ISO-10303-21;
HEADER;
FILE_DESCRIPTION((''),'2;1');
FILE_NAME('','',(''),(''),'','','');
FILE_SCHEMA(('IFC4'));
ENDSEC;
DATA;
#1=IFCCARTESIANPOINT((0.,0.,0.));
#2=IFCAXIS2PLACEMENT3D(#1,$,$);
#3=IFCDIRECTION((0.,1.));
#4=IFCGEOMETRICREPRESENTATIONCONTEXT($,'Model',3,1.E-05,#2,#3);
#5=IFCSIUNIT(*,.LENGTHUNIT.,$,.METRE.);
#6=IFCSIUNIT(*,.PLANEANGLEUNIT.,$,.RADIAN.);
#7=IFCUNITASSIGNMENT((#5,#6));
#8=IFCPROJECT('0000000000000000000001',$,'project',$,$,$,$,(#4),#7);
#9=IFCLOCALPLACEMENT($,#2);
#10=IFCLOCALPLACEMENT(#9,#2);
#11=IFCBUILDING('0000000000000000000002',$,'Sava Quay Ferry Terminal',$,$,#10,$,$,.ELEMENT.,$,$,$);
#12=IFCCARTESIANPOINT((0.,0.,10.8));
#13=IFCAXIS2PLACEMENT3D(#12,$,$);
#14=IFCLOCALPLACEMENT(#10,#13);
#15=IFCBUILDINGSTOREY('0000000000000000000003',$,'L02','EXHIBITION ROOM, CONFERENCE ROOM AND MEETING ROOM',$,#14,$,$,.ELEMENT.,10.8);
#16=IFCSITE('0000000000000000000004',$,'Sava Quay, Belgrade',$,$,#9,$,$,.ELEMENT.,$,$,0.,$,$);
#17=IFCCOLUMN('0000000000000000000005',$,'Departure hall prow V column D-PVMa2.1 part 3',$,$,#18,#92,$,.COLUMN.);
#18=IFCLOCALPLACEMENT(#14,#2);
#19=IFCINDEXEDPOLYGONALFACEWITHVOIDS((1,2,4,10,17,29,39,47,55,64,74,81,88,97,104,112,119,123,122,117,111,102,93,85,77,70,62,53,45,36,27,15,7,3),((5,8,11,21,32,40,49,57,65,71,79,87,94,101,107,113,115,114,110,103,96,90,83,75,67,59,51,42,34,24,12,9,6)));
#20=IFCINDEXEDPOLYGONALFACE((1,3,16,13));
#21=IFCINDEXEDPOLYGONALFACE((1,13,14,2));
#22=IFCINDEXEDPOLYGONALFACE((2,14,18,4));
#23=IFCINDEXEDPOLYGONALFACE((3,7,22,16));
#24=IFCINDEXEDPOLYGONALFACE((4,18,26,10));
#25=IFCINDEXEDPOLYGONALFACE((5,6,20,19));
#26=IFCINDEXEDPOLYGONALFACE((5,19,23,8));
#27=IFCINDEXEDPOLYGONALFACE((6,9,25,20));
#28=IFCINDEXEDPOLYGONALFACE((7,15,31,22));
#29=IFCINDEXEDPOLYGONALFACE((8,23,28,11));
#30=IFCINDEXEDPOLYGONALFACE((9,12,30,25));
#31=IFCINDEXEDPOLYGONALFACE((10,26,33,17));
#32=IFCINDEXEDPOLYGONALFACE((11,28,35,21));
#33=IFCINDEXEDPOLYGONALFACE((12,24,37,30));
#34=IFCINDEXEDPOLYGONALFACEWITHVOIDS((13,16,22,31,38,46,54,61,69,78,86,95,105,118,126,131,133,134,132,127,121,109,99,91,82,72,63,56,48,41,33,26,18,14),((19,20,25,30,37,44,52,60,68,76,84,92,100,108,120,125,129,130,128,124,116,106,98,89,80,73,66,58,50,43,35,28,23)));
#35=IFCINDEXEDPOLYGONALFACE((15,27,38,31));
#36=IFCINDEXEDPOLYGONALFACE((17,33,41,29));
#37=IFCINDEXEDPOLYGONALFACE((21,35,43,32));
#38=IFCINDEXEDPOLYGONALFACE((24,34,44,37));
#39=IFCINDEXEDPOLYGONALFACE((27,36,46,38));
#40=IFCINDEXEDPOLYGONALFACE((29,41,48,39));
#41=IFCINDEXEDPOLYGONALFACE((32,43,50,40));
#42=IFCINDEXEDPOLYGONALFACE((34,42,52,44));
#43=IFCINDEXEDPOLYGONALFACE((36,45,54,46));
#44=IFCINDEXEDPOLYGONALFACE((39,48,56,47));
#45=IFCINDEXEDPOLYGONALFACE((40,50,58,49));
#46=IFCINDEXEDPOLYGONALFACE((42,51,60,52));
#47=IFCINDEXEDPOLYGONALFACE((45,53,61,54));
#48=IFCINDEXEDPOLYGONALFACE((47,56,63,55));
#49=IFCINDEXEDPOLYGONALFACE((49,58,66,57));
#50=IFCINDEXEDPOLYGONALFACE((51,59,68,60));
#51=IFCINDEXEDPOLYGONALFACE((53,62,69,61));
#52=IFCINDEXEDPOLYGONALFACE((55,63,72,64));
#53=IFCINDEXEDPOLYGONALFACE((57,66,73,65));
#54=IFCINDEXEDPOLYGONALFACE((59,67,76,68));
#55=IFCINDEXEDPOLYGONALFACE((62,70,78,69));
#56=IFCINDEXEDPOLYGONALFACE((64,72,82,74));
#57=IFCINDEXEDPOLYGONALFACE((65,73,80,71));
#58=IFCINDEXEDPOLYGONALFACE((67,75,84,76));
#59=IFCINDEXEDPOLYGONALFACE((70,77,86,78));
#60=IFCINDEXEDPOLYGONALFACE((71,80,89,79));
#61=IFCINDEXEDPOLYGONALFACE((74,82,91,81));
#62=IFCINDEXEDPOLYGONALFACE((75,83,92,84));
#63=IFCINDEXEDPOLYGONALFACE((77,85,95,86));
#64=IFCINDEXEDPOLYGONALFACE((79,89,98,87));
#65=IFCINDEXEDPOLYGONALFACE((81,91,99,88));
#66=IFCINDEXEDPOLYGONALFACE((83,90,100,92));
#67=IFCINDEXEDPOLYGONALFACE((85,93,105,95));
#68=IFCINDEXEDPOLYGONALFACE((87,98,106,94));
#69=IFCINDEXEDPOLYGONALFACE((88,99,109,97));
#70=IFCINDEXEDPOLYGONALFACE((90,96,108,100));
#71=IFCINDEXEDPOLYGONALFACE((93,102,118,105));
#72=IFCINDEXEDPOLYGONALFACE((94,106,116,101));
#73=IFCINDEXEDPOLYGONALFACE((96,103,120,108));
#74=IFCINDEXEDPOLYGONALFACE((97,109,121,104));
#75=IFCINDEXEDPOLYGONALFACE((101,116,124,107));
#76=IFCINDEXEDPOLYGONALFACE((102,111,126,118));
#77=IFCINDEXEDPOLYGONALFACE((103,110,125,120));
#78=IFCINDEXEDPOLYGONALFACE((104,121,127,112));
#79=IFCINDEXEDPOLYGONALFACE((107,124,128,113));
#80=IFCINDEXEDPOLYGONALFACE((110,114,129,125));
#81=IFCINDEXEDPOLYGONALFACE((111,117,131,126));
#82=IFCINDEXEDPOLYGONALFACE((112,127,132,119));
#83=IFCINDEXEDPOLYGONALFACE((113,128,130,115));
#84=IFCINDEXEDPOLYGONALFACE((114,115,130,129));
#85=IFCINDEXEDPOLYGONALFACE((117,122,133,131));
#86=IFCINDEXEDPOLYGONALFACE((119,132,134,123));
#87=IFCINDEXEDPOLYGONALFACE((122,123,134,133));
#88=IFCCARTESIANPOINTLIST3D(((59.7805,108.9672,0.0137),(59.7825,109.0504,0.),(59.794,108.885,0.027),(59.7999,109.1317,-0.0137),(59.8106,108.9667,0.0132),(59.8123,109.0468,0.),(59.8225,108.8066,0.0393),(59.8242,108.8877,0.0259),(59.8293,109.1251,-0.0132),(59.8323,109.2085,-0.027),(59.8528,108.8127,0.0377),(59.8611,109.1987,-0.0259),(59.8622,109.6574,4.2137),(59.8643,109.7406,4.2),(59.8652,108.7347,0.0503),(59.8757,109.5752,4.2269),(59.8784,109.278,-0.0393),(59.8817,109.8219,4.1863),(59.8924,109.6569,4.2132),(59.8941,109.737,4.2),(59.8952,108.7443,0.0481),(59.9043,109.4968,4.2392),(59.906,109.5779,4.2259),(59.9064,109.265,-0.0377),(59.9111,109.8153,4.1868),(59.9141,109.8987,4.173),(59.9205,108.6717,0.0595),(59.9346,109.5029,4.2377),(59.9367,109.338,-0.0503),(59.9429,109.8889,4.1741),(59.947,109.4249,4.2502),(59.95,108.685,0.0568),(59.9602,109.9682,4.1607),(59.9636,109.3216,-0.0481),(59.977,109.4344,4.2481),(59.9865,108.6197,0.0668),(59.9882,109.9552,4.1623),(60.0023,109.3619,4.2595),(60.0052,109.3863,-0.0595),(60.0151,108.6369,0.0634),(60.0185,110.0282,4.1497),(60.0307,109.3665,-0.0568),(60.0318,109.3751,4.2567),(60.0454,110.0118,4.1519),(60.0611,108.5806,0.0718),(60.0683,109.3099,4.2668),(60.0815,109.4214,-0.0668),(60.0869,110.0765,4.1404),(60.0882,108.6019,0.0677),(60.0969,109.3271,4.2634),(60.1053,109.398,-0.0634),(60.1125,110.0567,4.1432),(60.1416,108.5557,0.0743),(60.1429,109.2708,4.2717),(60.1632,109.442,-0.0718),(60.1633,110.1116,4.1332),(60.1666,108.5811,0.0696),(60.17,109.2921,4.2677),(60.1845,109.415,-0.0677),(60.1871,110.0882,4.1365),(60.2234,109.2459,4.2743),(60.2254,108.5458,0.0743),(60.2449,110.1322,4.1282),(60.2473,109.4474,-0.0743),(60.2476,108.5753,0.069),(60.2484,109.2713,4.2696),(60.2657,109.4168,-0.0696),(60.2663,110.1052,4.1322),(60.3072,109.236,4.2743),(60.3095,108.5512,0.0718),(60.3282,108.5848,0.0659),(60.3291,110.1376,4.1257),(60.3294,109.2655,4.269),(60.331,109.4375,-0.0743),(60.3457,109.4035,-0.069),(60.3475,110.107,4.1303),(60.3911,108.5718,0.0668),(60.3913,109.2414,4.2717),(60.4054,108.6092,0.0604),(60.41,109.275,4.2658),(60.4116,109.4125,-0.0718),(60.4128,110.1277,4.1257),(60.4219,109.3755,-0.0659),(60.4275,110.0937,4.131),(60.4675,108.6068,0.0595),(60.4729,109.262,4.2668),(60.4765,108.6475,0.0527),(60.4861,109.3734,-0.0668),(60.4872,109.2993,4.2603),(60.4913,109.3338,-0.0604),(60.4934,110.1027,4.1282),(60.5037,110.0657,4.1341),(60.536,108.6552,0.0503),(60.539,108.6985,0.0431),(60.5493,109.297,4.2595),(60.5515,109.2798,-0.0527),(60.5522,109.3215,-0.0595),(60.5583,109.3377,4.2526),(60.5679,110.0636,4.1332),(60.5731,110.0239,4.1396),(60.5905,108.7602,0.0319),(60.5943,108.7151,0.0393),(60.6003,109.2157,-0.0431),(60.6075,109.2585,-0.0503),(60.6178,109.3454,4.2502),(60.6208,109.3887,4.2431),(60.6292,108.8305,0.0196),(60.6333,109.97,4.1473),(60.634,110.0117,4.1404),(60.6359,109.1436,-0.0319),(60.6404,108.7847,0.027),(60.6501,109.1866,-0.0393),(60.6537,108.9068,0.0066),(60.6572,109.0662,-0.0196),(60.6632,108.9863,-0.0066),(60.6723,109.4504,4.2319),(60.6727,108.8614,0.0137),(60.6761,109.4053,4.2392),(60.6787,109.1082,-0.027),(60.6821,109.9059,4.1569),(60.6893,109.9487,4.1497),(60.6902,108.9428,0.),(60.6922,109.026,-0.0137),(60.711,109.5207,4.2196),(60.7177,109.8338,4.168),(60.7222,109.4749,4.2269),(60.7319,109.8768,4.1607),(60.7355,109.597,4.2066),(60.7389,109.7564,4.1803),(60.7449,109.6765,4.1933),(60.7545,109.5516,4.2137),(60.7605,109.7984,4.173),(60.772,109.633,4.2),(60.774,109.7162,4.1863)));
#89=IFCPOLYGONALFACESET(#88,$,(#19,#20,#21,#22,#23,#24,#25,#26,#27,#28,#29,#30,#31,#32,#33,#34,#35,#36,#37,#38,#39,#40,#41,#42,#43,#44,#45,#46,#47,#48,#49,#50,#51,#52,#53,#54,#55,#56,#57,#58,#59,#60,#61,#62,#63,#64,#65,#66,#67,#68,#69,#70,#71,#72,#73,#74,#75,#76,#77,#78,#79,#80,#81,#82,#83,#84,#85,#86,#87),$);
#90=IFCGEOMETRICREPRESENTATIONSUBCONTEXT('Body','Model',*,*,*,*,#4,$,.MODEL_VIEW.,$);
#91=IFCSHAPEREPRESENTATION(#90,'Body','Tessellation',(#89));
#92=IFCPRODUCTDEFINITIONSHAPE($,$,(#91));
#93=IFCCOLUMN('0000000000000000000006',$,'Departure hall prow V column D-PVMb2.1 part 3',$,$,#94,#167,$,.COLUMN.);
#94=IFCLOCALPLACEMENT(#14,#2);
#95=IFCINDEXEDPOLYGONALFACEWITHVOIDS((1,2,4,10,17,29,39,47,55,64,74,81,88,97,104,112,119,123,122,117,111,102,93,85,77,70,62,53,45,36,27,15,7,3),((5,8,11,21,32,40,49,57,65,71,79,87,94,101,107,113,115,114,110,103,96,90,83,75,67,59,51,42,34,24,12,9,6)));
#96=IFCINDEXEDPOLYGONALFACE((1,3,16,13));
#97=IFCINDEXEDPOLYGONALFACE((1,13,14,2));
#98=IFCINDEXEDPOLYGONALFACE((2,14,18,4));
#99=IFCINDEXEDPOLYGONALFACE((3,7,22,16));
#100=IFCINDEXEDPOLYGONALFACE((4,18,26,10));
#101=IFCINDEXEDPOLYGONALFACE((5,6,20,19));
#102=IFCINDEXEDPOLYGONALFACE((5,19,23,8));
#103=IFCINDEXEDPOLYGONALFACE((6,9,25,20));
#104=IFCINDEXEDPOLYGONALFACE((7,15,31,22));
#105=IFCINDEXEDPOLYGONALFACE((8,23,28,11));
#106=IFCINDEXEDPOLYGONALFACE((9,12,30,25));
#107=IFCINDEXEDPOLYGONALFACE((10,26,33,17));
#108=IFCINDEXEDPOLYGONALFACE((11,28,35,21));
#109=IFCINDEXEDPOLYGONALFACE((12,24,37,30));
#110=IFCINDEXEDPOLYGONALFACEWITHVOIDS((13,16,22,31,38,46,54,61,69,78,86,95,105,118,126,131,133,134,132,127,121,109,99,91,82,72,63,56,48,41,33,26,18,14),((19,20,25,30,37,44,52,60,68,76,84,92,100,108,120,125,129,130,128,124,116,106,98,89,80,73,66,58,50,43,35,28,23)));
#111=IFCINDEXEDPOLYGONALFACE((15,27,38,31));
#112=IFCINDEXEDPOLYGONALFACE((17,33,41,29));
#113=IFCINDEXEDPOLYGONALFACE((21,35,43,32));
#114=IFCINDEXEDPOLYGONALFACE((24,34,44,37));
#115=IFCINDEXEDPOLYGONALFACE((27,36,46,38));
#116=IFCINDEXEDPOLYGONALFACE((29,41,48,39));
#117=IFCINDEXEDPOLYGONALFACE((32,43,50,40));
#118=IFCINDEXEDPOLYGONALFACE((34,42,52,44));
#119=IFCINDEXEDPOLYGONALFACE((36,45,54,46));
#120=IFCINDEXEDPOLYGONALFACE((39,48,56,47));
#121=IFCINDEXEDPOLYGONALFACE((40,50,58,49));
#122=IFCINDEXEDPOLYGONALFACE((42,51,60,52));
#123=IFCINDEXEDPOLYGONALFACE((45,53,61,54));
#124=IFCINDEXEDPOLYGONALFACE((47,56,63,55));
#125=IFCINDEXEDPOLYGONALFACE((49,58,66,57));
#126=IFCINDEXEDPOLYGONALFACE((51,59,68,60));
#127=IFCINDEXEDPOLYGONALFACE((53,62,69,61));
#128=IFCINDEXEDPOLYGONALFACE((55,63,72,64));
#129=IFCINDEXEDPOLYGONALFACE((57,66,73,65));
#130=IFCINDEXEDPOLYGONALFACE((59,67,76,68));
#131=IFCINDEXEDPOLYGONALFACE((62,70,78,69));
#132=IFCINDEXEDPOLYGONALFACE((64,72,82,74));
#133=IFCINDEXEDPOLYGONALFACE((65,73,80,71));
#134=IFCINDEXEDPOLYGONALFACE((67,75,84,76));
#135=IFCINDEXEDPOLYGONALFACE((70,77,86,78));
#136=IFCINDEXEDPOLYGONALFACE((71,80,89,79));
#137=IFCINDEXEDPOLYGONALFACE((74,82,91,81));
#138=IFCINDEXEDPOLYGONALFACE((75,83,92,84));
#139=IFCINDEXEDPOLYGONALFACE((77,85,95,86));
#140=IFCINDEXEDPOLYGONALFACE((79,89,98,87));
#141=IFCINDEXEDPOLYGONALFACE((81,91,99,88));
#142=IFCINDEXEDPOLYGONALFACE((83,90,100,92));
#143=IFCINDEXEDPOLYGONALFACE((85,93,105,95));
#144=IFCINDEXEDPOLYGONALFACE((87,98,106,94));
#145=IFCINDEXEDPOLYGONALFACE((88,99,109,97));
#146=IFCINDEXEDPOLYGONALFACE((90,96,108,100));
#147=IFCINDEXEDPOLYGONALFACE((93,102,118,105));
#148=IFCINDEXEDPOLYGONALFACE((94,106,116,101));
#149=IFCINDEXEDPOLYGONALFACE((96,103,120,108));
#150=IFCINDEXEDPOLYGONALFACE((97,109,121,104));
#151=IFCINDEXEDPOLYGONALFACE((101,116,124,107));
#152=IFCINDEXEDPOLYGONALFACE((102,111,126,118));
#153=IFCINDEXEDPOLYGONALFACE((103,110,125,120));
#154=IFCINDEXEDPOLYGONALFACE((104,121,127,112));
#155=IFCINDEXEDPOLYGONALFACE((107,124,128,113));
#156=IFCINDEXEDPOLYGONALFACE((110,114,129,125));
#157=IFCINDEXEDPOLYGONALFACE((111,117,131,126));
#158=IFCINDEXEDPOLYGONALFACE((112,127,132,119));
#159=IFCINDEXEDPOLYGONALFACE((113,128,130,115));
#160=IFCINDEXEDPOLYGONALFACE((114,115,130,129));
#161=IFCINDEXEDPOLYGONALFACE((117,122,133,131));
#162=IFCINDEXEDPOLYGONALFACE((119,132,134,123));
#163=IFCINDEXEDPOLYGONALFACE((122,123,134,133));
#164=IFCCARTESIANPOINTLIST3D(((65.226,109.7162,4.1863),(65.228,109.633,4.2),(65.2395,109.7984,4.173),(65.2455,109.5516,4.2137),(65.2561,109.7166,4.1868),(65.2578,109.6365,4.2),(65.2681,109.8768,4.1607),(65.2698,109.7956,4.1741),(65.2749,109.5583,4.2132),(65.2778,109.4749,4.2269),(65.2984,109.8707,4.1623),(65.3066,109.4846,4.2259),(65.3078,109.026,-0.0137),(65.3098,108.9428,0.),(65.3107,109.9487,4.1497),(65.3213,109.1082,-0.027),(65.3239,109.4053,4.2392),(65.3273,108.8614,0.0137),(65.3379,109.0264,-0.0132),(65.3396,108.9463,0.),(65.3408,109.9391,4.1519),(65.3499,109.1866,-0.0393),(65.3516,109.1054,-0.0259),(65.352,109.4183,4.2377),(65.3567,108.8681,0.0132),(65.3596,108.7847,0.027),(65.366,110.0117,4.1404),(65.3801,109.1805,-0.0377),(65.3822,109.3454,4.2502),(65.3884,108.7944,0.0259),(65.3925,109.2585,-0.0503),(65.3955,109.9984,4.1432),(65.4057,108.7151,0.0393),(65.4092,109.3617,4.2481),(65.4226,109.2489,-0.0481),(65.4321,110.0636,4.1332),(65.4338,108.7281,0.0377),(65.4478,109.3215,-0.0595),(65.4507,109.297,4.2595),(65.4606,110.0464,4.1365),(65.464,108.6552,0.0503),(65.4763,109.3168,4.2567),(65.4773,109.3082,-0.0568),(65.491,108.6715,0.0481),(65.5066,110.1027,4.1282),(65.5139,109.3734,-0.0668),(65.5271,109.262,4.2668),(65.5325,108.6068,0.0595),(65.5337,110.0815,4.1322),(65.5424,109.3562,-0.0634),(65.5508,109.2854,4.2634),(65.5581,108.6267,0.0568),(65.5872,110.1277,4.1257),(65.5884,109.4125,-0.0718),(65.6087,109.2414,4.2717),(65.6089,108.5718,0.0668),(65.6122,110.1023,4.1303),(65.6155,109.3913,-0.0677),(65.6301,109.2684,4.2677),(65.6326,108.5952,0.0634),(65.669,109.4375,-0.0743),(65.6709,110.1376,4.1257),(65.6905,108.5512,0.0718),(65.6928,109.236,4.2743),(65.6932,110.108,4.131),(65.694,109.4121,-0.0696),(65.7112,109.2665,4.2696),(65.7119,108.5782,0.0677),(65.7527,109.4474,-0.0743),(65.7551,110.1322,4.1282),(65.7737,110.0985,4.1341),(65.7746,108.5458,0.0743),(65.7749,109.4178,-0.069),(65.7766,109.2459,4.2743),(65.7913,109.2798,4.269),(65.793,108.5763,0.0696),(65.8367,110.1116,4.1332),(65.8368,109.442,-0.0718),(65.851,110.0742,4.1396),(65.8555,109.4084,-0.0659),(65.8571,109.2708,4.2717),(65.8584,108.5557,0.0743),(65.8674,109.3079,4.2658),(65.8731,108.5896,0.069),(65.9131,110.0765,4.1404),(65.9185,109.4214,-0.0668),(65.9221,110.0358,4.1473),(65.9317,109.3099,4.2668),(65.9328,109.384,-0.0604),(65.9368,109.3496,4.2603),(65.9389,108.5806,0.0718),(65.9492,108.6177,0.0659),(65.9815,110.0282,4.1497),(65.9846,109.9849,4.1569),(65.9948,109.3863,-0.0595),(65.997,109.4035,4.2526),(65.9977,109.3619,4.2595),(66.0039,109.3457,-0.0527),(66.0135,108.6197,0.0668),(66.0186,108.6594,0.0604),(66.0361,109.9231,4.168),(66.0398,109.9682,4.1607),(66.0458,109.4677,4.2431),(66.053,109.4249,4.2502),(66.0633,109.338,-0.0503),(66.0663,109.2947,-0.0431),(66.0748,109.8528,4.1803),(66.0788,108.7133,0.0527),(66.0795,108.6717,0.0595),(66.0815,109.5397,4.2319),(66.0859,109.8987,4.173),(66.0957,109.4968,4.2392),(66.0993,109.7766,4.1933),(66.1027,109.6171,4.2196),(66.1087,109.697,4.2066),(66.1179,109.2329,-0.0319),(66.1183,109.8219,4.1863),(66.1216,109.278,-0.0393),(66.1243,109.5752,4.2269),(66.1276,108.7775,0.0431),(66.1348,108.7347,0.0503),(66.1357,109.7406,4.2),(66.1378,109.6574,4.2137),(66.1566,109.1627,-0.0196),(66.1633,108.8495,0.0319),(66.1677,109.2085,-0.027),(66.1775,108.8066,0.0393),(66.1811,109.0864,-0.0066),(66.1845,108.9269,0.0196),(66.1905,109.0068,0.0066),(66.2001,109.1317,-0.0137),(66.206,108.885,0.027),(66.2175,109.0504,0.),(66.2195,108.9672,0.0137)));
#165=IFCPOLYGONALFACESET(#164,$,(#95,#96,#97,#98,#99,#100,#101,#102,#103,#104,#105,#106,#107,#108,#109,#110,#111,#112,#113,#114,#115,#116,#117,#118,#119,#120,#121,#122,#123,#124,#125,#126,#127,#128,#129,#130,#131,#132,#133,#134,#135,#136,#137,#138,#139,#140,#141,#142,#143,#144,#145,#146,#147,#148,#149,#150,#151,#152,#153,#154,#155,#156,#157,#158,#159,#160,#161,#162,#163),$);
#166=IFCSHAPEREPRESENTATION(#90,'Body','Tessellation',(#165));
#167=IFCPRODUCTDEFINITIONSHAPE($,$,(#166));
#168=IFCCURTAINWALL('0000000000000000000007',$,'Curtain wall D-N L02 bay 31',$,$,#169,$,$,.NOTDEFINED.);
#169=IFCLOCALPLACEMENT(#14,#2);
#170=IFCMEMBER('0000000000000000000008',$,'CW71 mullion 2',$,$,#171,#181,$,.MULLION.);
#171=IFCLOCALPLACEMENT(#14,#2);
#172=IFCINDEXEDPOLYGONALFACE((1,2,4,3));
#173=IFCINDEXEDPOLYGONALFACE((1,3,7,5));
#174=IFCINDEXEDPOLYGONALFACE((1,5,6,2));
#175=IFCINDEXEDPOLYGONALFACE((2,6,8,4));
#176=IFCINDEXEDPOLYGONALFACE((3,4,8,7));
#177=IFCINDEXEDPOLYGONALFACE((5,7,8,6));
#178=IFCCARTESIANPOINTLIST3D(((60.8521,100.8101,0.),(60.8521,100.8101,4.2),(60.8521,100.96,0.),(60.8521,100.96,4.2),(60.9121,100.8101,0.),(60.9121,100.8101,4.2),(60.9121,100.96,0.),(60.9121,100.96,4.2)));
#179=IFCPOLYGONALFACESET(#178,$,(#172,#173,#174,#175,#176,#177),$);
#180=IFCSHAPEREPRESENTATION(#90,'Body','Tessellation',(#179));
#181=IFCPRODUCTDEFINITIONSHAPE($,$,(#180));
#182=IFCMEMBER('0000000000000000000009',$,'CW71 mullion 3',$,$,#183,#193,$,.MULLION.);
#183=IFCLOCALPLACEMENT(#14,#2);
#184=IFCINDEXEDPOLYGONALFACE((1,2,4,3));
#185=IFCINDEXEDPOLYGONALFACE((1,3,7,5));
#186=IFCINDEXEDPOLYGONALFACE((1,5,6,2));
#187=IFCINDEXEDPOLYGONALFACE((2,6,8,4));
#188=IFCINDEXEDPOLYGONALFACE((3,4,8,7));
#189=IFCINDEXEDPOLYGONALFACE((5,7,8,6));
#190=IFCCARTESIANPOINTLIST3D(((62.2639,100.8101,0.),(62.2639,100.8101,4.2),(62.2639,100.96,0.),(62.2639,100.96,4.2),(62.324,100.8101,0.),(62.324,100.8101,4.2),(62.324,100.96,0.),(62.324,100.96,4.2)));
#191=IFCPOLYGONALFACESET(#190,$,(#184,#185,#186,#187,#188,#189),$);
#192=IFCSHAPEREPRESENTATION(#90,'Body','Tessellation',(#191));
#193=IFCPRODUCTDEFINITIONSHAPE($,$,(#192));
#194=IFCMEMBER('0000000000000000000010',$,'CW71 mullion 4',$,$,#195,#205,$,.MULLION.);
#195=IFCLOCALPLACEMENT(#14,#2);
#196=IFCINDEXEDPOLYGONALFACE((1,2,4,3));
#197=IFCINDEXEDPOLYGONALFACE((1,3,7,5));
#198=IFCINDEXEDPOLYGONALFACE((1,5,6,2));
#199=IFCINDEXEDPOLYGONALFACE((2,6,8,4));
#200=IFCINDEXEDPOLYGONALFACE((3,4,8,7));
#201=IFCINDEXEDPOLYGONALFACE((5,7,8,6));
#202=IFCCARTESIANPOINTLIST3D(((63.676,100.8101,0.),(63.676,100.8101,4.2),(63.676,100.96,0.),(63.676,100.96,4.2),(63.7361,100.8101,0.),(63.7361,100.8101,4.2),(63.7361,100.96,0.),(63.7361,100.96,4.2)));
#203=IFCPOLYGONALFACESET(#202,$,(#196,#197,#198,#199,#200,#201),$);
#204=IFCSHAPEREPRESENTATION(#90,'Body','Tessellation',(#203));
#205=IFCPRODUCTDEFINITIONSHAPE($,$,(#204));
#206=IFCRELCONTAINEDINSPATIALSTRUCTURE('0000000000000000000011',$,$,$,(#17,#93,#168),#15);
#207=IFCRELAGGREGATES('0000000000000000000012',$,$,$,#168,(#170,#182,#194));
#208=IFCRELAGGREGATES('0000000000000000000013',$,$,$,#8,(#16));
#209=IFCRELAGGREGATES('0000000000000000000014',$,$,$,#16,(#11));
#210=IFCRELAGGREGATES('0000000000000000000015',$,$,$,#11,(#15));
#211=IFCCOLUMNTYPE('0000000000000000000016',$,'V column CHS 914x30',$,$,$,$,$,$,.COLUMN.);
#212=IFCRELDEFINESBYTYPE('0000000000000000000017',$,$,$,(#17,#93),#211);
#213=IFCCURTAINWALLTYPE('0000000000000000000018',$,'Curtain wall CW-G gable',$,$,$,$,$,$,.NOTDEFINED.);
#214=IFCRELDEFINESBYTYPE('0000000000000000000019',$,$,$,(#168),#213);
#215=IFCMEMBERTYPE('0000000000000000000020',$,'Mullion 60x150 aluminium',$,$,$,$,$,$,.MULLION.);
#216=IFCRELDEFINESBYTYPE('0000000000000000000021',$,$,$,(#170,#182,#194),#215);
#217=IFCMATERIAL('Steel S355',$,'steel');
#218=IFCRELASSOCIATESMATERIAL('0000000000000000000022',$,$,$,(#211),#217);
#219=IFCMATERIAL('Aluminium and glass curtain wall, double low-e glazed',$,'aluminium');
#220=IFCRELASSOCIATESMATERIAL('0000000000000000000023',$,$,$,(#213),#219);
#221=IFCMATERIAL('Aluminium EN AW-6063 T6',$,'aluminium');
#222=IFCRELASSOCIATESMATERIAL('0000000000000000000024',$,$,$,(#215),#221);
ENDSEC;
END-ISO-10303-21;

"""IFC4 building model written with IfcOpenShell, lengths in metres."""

from ifc_helpers import new_model, si_unit, direction, frame, origin, origin_2d, place, context, subcontext, project, spatial, rectangle, hollow_circle, extrude, material, material_profile, profile_set, type_object, element, aggregate, save


model = new_model("IFC4")

# Units and contexts
model_context = context("Model", 3, precision=1e-05, world=origin(), true_north=direction((0.0, 1.0)))
body_context = subcontext(model_context, "Body", "Model", "MODEL_VIEW")
ifc_project = project(units=[si_unit("LENGTHUNIT", "METRE"), si_unit("PLANEANGLEUNIT", "RADIAN")], contexts=[model_context])

# Site, building, storey
site_placement = place(None, origin())
site = spatial("IfcSite", under=ifc_project, at=site_placement, Name="Sava Quay, Belgrade", CompositionType="ELEMENT", RefElevation=0.0)
building_placement = place(site_placement, origin())
building = spatial("IfcBuilding", under=site, at=building_placement, Name="Sava Quay Ferry Terminal", CompositionType="ELEMENT")
storey_placement = place(building_placement, frame((0.0, 0.0, 10.8)))
storey = spatial("IfcBuildingStorey", under=building, at=storey_placement, Name="L02", Description="EXHIBITION ROOM, CONFERENCE ROOM AND MEETING ROOM", CompositionType="ELEMENT", Elevation=10.8)

# Columns
ifc_material_1 = material(Name="Steel S355", Category="steel")
ifc_material_profile_1 = material_profile(ifc_material_1, hollow_circle(Radius=0.457, WallThickness=0.03, at=origin_2d()), Name="CHS 914 x 30.0")
ifc_profile_set_1 = profile_set([ifc_material_profile_1], Name="Steel S355")
column_type = type_object("IfcColumnType", Name="V column CHS 914x30", PredefinedType="COLUMN", material=ifc_profile_set_1)
for number, where, z_axis, x_axis, name in (
    (1, (60.2363, 108.9966, 0.0), (0.019212, 0.162127, 0.986583), (-0.993052, 0.117677, 0.0), "Departure hall prow V column D-PVMa2.1 part 3"),
    (2, (65.7637, 108.9966, 0.0), (-0.019212, 0.162127, 0.986583), (-0.993052, -0.117677, 0.0), "Departure hall prow V column D-PVMb2.1 part 3"),
):
    element("IfcColumn", number, at=place(storey_placement, frame(where, z_axis=z_axis, x_axis=x_axis)), inside=storey, type_object=column_type, Name=name, PredefinedType="COLUMN", context=body_context, shape_type="SweptSolid", body=[
        extrude(hollow_circle(Radius=0.457, WallThickness=0.03, at=origin_2d()), origin(), (0.0, 0.0, 1.0), 4.2571),
    ])

# Curtain wall, members
ifc_material_2 = material(Name="Aluminium and glass curtain wall, double low-e glazed", Category="aluminium")
curtain_wall_type = type_object("IfcCurtainWallType", Name="Curtain wall CW-G gable", PredefinedType="NOTDEFINED", material=ifc_material_2)
curtain_wall_placement = place(storey_placement, origin())
curtain_wall = element("IfcCurtainWall", 3, at=curtain_wall_placement, inside=storey, type_object=curtain_wall_type, Name="Curtain wall D-N L02 bay 31", PredefinedType="NOTDEFINED")
ifc_material_3 = material(Name="Aluminium EN AW-6063 T6", Category="aluminium")
ifc_material_profile_2 = material_profile(ifc_material_3, rectangle(XDim=0.1499, YDim=0.0601, at=origin_2d()), Name="Mullion 60x150 aluminium")
ifc_profile_set_2 = profile_set([ifc_material_profile_2], Name="Aluminium EN AW-6063 T6")
member_type_1 = type_object("IfcMemberType", Name="Mullion 60x150 aluminium", PredefinedType="MULLION", material=ifc_profile_set_2)
member_1_placement = place(storey_placement, frame((60.8821, 100.885, 0.0), z_axis=(0.0, 0.0, 1.0), x_axis=(0.0, 1.0, 0.0)))
member_1 = element("IfcMember", 4, at=member_1_placement, type_object=member_type_1, Name="CW71 mullion 2", PredefinedType="MULLION", context=body_context, shape_type="SweptSolid", body=[
    extrude(rectangle(XDim=0.1499, YDim=0.0601, at=origin_2d()), origin(), (0.0, 0.0, 1.0), 4.2),
])
member_2_placement = place(storey_placement, frame((62.2939, 100.885, 0.0), z_axis=(0.0, 0.0, 1.0), x_axis=(0.0, 1.0, 0.0)))
member_2 = element("IfcMember", 5, at=member_2_placement, type_object=member_type_1, Name="CW71 mullion 3", PredefinedType="MULLION", context=body_context, shape_type="SweptSolid", body=[
    extrude(rectangle(XDim=0.1499, YDim=0.0601, at=origin_2d()), origin(), (0.0, 0.0, 1.0), 4.2),
])
member_3_placement = place(storey_placement, frame((63.7061, 100.885, 0.0), z_axis=(0.0, 0.0, 1.0), x_axis=(0.0, 1.0, 0.0)))
member_3 = element("IfcMember", 6, at=member_3_placement, type_object=member_type_1, Name="CW71 mullion 4", PredefinedType="MULLION", context=body_context, shape_type="SweptSolid", body=[
    extrude(rectangle(XDim=0.1499, YDim=0.0601, at=origin_2d()), origin(), (0.0, 0.0, 1.0), 4.2),
])
aggregate(curtain_wall, [member_1, member_2, member_3])

save(model, "model.ifc")
